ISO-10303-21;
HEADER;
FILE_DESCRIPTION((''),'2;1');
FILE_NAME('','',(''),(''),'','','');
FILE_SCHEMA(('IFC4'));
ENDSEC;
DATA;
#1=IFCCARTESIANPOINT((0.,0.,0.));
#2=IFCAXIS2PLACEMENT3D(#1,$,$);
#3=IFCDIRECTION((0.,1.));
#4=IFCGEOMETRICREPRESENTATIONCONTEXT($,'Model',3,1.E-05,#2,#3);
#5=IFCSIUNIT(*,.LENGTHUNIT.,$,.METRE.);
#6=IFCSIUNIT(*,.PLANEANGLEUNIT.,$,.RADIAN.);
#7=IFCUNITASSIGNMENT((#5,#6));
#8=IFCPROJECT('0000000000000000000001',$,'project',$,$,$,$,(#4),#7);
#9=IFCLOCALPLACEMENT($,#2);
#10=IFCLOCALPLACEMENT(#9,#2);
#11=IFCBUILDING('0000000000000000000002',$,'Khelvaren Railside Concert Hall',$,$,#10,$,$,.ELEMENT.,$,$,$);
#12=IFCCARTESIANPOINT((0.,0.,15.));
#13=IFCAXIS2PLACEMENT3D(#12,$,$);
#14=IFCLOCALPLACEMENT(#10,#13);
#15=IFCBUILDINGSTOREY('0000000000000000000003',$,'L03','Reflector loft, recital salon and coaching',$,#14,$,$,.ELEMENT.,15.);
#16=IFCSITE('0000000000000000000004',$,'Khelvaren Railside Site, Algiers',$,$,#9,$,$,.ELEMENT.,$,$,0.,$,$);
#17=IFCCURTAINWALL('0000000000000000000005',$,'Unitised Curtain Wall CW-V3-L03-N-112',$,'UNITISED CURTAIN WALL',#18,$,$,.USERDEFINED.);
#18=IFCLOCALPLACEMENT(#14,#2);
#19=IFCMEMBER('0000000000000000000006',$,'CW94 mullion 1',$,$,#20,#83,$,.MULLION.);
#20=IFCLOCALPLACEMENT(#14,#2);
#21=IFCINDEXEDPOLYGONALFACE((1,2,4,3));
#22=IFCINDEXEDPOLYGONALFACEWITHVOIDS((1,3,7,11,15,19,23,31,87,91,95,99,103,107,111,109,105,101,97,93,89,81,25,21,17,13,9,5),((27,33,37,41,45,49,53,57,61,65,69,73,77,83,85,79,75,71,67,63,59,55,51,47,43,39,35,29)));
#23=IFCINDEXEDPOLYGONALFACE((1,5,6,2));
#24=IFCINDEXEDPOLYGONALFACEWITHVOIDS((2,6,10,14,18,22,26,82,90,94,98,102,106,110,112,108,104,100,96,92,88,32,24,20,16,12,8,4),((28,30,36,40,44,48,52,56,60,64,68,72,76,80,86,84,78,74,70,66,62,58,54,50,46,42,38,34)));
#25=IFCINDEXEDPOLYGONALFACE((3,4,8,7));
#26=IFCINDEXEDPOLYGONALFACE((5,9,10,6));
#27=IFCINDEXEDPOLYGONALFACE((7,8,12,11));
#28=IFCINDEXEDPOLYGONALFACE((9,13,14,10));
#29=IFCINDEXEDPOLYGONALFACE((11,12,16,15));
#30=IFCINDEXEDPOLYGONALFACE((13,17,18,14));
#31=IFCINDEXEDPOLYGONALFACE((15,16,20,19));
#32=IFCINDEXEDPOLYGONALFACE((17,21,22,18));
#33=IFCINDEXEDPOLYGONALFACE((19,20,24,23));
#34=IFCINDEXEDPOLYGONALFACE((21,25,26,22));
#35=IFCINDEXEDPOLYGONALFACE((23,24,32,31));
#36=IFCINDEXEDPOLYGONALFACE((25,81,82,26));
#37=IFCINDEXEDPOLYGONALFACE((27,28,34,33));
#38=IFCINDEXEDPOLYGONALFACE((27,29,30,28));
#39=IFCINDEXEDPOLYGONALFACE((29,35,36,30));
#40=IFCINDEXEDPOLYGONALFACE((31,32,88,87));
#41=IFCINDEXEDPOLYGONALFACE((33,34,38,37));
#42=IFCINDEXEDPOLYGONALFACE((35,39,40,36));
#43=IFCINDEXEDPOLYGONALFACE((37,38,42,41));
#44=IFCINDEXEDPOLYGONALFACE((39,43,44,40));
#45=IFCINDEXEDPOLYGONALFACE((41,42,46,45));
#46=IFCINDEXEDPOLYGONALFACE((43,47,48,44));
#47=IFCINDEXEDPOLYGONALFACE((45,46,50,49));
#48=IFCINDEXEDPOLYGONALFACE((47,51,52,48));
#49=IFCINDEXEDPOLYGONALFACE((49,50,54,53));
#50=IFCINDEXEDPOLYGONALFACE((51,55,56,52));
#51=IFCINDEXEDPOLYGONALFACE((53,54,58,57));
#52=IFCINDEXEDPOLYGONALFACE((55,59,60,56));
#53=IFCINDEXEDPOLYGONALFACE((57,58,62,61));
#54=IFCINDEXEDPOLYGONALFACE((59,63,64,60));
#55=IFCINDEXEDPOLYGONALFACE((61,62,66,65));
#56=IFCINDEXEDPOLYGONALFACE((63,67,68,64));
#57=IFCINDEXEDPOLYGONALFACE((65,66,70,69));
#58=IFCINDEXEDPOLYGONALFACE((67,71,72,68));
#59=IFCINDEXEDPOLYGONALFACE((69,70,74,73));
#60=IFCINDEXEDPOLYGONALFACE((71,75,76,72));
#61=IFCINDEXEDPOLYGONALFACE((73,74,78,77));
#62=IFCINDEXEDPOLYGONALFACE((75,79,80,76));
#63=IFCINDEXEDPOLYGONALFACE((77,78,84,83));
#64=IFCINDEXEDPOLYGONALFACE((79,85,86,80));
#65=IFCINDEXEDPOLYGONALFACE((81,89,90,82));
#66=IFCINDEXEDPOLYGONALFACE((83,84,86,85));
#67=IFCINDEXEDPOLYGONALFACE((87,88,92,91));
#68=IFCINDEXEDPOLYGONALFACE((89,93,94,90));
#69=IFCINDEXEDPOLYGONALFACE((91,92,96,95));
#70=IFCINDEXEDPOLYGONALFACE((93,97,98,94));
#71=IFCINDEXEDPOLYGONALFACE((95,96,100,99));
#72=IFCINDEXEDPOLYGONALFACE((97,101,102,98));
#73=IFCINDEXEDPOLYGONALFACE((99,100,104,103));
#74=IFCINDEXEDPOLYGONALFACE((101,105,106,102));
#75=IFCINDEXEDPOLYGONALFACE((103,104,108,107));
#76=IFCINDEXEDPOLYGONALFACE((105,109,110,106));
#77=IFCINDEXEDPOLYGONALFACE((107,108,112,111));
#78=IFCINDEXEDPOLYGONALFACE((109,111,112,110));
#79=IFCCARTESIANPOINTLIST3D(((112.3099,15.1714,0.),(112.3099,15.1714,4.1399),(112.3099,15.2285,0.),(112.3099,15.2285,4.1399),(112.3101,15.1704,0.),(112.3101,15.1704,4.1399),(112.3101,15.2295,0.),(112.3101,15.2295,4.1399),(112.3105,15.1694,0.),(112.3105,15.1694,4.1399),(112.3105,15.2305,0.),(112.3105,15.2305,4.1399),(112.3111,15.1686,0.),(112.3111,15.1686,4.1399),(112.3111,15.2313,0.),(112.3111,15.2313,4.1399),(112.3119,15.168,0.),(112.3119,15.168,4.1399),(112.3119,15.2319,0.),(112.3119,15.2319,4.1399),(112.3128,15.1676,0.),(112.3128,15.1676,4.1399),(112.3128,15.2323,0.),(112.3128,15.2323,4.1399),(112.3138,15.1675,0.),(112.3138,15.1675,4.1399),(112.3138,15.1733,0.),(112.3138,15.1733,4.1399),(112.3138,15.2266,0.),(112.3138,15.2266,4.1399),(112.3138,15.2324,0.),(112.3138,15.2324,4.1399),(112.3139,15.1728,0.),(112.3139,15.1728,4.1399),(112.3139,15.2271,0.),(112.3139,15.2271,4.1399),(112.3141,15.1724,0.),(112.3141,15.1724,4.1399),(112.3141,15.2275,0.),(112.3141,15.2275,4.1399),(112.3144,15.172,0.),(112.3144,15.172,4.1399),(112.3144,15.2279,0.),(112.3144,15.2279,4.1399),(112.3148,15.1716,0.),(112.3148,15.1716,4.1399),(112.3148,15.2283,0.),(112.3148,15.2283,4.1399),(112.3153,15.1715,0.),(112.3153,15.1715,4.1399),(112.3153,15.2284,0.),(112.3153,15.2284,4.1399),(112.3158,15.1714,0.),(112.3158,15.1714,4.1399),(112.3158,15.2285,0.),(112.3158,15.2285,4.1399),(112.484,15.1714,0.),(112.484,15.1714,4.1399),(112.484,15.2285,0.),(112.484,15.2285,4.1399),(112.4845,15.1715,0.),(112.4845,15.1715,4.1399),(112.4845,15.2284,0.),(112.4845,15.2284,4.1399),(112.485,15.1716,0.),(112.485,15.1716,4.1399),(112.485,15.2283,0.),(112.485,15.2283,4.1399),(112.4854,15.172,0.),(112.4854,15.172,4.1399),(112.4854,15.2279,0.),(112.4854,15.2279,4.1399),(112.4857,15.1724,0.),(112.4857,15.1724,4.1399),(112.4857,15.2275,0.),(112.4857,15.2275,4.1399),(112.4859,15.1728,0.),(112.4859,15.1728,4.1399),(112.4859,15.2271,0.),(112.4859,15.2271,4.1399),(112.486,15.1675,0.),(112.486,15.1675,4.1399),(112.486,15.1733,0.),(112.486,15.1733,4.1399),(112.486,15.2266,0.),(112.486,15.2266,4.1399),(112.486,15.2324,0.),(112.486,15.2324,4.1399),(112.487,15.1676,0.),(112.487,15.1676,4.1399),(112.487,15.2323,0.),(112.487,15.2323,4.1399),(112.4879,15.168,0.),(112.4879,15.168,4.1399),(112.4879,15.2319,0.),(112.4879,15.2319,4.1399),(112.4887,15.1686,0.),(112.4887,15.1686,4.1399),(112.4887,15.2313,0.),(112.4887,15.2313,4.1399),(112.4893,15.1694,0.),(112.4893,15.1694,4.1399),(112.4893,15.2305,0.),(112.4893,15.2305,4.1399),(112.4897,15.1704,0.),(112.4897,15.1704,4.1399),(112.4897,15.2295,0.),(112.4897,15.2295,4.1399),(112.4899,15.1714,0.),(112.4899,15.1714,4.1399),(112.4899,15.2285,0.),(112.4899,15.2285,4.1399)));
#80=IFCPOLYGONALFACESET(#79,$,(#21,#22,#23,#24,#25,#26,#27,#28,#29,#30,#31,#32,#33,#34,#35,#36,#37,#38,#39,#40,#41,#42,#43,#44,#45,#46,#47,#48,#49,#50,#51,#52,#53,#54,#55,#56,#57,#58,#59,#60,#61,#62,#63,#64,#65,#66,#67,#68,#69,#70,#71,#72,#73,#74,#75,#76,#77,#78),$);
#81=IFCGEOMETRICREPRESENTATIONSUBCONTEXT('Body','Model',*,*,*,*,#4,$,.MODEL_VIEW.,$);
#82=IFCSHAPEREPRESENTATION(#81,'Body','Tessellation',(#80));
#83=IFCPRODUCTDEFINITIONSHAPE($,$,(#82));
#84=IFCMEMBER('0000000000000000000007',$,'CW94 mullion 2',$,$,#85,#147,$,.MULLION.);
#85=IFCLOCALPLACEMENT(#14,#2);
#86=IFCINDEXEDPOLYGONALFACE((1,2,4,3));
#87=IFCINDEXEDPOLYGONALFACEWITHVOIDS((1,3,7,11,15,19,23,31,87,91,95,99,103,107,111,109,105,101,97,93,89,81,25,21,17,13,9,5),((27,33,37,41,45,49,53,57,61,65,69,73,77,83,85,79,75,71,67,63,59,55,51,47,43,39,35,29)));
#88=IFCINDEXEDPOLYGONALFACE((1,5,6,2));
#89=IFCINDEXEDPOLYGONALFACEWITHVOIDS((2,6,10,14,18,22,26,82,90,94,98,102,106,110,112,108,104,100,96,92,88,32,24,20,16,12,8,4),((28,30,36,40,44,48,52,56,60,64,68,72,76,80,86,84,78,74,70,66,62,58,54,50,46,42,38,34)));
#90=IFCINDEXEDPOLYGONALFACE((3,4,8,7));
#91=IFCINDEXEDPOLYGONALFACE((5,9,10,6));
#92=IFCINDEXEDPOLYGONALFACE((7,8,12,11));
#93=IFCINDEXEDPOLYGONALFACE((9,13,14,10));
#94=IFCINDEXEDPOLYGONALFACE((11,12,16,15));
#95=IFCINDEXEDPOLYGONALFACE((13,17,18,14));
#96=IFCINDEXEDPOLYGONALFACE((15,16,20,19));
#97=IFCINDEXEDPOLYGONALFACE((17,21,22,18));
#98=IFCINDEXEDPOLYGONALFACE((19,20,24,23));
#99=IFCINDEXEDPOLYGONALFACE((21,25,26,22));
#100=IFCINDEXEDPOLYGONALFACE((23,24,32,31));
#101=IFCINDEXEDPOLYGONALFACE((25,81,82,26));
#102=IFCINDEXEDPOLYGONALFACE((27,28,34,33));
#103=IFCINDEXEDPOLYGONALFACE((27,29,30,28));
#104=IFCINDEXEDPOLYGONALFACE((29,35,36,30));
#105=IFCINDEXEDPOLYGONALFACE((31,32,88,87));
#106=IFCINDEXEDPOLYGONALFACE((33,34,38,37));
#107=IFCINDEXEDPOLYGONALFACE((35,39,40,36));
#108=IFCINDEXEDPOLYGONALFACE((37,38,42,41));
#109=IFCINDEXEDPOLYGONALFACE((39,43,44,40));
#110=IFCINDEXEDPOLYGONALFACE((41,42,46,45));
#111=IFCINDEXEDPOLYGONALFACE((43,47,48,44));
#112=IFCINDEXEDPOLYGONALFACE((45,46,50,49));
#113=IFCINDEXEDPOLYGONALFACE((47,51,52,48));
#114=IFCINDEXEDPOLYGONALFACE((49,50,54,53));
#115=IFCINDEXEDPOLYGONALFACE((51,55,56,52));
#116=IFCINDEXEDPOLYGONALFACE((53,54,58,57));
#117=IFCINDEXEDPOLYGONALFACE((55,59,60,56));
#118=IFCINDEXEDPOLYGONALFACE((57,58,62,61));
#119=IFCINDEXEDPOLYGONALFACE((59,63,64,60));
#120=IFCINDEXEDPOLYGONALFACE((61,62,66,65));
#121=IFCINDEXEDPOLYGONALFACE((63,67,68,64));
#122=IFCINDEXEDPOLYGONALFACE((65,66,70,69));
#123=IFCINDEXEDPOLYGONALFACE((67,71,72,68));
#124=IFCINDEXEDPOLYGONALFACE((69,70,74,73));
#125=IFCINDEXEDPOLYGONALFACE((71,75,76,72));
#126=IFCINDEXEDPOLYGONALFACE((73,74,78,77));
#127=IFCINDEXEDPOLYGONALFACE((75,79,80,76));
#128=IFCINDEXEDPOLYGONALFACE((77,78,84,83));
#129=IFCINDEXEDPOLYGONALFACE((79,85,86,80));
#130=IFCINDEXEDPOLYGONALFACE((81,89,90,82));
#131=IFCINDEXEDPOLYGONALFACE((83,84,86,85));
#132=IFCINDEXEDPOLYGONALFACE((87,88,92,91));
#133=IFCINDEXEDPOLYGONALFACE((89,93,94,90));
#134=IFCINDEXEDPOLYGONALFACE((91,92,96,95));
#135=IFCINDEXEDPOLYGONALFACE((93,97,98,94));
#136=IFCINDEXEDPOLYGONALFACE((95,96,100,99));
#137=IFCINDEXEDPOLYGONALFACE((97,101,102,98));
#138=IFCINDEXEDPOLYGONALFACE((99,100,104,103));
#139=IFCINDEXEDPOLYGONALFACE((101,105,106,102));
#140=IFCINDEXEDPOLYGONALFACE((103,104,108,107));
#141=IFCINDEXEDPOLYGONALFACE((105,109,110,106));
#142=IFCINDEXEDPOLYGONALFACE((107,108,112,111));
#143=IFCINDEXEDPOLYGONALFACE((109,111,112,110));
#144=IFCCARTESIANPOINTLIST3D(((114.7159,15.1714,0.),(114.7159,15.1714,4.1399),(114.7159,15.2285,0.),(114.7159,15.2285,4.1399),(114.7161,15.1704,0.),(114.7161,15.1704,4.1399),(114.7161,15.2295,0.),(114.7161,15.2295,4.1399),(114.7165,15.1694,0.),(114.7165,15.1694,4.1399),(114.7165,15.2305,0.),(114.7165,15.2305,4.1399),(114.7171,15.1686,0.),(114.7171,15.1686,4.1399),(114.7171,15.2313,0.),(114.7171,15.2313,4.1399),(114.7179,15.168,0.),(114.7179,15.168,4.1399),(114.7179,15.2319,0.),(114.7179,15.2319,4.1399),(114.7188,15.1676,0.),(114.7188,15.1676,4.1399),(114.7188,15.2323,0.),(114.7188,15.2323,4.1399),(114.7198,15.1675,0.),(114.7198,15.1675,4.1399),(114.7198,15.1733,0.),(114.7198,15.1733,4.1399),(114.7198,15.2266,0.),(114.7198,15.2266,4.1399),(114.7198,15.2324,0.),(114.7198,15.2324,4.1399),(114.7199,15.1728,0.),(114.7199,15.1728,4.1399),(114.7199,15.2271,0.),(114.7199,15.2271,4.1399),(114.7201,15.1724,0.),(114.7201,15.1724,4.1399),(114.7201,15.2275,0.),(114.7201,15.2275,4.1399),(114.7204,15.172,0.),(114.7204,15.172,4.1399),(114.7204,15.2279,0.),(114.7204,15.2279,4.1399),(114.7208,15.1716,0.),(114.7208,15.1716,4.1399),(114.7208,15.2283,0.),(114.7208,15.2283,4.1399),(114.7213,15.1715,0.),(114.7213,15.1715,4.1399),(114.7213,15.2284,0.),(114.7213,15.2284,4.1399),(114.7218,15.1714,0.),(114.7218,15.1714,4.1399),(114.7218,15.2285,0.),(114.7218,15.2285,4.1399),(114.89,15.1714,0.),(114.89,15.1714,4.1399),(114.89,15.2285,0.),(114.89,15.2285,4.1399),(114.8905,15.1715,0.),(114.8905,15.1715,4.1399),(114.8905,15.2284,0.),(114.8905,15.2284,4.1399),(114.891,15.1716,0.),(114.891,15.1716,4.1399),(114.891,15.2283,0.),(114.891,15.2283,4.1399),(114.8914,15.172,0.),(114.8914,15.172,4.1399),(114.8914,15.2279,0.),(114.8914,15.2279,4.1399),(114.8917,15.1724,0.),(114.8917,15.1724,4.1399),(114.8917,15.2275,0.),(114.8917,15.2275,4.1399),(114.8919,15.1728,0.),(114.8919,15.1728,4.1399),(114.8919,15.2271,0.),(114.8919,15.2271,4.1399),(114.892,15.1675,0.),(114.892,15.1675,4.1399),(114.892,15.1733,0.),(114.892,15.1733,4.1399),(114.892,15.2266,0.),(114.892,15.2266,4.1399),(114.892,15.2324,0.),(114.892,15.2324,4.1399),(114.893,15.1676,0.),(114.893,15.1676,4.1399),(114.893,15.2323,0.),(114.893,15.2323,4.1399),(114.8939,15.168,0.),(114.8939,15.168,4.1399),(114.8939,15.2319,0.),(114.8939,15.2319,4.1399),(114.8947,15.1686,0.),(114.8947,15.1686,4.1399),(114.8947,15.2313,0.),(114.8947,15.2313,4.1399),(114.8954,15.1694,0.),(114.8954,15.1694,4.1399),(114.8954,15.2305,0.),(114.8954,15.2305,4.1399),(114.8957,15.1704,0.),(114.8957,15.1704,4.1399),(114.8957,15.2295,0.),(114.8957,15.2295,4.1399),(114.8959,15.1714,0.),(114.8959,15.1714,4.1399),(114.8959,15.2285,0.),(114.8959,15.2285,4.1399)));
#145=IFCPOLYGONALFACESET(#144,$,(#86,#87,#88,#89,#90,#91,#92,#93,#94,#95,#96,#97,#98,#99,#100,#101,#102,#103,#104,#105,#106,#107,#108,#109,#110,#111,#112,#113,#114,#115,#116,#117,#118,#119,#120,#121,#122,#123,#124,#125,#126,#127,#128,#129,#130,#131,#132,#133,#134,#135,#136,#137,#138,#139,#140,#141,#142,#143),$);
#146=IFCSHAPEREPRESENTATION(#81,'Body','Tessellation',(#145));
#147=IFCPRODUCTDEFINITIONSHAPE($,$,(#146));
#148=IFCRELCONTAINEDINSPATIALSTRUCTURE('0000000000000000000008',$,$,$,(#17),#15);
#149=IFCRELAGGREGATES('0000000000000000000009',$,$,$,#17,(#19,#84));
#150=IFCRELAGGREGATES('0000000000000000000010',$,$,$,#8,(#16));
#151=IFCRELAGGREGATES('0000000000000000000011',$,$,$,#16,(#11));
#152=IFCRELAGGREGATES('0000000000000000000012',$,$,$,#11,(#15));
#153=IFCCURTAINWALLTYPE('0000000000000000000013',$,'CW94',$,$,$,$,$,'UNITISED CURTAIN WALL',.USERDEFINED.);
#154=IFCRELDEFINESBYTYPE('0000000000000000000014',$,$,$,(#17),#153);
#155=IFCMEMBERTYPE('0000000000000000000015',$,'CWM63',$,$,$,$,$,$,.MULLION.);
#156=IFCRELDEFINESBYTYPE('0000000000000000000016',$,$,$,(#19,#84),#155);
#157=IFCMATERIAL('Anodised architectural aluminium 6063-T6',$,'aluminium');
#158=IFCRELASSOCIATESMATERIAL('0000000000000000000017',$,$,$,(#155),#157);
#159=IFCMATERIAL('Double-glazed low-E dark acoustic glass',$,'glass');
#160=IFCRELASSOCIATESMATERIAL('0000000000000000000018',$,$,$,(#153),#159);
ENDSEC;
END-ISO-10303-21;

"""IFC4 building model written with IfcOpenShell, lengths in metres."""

from ifc_helpers import new_model, si_unit, direction, frame, origin, origin_2d, place, context, subcontext, project, spatial, hollow_rectangle, extrude, material, material_profile, profile_set, type_object, element, aggregate, save


model = new_model("IFC4")

# Units and contexts
model_context = context("Model", 3, precision=1e-05, world=origin(), true_north=direction((0.0, 1.0)))
body_context = subcontext(model_context, "Body", "Model", "MODEL_VIEW")
ifc_project = project(units=[si_unit("LENGTHUNIT", "METRE"), si_unit("PLANEANGLEUNIT", "RADIAN")], contexts=[model_context])

# Site, building, storey
site_placement = place(None, origin())
site = spatial("IfcSite", under=ifc_project, at=site_placement, Name="Khelvaren Railside Site, Algiers", CompositionType="ELEMENT", RefElevation=0.0)
building_placement = place(site_placement, origin())
building = spatial("IfcBuilding", under=site, at=building_placement, Name="Khelvaren Railside Concert Hall", CompositionType="ELEMENT")
storey_placement = place(building_placement, frame((0.0, 0.0, 15.0)))
storey = spatial("IfcBuildingStorey", under=building, at=storey_placement, Name="L03", Description="Reflector loft, recital salon and coaching", CompositionType="ELEMENT", Elevation=15.0)

# Curtain wall, members
ifc_material_1 = material(Name="Double-glazed low-E dark acoustic glass", Category="glass")
ifc_material_2 = material(Name="Anodised architectural aluminium 6063-T6", Category="aluminium")
ifc_material_profile_1 = material_profile(ifc_material_2, hollow_rectangle(XDim=0.0649, YDim=0.1799, WallThickness=0.0039, InnerFilletRadius=0.002, OuterFilletRadius=0.0039, at=origin_2d()), Name="CWM 65x180x4")
ifc_profile_set_1 = profile_set([ifc_material_profile_1], Name="Anodised architectural aluminium 6063-T6")
member_type_1 = type_object("IfcMemberType", Name="CWM63", PredefinedType="MULLION", material=ifc_profile_set_1)
curtain_wall_type_1 = type_object("IfcCurtainWallType", Name="CW94", ElementType="UNITISED CURTAIN WALL", PredefinedType="USERDEFINED", material=ifc_material_1)
curtain_wall_1_placement = place(storey_placement, origin())
curtain_wall_1 = element("IfcCurtainWall", 1, at=curtain_wall_1_placement, inside=storey, type_object=curtain_wall_type_1, Name="Unitised Curtain Wall CW-V3-L03-N-112", ObjectType="UNITISED CURTAIN WALL", PredefinedType="USERDEFINED")
member_1_placement = place(storey_placement, frame((112.3999, 15.2, 0.0), z_axis=(0.0, 0.0, 1.0), x_axis=(0.0, 1.0, 0.0)))
member_1 = element("IfcMember", 2, at=member_1_placement, type_object=member_type_1, Name="CW94 mullion 1", PredefinedType="MULLION", context=body_context, shape_type="SweptSolid", body=[
    extrude(hollow_rectangle(XDim=0.0649, YDim=0.1799, WallThickness=0.0039, InnerFilletRadius=0.002, OuterFilletRadius=0.0039, at=origin_2d()), origin(), (0.0, 0.0, 1.0), 4.1399),
])
member_2_placement = place(storey_placement, frame((114.8059, 15.2, 0.0), z_axis=(0.0, 0.0, 1.0), x_axis=(0.0, 1.0, 0.0)))
member_2 = element("IfcMember", 3, at=member_2_placement, type_object=member_type_1, Name="CW94 mullion 2", PredefinedType="MULLION", context=body_context, shape_type="SweptSolid", body=[
    extrude(hollow_rectangle(XDim=0.0649, YDim=0.1799, WallThickness=0.0039, InnerFilletRadius=0.002, OuterFilletRadius=0.0039, at=origin_2d()), origin(), (0.0, 0.0, 1.0), 4.1399),
])

aggregate(curtain_wall_1, [member_1, member_2])

save(model, "model.ifc")
